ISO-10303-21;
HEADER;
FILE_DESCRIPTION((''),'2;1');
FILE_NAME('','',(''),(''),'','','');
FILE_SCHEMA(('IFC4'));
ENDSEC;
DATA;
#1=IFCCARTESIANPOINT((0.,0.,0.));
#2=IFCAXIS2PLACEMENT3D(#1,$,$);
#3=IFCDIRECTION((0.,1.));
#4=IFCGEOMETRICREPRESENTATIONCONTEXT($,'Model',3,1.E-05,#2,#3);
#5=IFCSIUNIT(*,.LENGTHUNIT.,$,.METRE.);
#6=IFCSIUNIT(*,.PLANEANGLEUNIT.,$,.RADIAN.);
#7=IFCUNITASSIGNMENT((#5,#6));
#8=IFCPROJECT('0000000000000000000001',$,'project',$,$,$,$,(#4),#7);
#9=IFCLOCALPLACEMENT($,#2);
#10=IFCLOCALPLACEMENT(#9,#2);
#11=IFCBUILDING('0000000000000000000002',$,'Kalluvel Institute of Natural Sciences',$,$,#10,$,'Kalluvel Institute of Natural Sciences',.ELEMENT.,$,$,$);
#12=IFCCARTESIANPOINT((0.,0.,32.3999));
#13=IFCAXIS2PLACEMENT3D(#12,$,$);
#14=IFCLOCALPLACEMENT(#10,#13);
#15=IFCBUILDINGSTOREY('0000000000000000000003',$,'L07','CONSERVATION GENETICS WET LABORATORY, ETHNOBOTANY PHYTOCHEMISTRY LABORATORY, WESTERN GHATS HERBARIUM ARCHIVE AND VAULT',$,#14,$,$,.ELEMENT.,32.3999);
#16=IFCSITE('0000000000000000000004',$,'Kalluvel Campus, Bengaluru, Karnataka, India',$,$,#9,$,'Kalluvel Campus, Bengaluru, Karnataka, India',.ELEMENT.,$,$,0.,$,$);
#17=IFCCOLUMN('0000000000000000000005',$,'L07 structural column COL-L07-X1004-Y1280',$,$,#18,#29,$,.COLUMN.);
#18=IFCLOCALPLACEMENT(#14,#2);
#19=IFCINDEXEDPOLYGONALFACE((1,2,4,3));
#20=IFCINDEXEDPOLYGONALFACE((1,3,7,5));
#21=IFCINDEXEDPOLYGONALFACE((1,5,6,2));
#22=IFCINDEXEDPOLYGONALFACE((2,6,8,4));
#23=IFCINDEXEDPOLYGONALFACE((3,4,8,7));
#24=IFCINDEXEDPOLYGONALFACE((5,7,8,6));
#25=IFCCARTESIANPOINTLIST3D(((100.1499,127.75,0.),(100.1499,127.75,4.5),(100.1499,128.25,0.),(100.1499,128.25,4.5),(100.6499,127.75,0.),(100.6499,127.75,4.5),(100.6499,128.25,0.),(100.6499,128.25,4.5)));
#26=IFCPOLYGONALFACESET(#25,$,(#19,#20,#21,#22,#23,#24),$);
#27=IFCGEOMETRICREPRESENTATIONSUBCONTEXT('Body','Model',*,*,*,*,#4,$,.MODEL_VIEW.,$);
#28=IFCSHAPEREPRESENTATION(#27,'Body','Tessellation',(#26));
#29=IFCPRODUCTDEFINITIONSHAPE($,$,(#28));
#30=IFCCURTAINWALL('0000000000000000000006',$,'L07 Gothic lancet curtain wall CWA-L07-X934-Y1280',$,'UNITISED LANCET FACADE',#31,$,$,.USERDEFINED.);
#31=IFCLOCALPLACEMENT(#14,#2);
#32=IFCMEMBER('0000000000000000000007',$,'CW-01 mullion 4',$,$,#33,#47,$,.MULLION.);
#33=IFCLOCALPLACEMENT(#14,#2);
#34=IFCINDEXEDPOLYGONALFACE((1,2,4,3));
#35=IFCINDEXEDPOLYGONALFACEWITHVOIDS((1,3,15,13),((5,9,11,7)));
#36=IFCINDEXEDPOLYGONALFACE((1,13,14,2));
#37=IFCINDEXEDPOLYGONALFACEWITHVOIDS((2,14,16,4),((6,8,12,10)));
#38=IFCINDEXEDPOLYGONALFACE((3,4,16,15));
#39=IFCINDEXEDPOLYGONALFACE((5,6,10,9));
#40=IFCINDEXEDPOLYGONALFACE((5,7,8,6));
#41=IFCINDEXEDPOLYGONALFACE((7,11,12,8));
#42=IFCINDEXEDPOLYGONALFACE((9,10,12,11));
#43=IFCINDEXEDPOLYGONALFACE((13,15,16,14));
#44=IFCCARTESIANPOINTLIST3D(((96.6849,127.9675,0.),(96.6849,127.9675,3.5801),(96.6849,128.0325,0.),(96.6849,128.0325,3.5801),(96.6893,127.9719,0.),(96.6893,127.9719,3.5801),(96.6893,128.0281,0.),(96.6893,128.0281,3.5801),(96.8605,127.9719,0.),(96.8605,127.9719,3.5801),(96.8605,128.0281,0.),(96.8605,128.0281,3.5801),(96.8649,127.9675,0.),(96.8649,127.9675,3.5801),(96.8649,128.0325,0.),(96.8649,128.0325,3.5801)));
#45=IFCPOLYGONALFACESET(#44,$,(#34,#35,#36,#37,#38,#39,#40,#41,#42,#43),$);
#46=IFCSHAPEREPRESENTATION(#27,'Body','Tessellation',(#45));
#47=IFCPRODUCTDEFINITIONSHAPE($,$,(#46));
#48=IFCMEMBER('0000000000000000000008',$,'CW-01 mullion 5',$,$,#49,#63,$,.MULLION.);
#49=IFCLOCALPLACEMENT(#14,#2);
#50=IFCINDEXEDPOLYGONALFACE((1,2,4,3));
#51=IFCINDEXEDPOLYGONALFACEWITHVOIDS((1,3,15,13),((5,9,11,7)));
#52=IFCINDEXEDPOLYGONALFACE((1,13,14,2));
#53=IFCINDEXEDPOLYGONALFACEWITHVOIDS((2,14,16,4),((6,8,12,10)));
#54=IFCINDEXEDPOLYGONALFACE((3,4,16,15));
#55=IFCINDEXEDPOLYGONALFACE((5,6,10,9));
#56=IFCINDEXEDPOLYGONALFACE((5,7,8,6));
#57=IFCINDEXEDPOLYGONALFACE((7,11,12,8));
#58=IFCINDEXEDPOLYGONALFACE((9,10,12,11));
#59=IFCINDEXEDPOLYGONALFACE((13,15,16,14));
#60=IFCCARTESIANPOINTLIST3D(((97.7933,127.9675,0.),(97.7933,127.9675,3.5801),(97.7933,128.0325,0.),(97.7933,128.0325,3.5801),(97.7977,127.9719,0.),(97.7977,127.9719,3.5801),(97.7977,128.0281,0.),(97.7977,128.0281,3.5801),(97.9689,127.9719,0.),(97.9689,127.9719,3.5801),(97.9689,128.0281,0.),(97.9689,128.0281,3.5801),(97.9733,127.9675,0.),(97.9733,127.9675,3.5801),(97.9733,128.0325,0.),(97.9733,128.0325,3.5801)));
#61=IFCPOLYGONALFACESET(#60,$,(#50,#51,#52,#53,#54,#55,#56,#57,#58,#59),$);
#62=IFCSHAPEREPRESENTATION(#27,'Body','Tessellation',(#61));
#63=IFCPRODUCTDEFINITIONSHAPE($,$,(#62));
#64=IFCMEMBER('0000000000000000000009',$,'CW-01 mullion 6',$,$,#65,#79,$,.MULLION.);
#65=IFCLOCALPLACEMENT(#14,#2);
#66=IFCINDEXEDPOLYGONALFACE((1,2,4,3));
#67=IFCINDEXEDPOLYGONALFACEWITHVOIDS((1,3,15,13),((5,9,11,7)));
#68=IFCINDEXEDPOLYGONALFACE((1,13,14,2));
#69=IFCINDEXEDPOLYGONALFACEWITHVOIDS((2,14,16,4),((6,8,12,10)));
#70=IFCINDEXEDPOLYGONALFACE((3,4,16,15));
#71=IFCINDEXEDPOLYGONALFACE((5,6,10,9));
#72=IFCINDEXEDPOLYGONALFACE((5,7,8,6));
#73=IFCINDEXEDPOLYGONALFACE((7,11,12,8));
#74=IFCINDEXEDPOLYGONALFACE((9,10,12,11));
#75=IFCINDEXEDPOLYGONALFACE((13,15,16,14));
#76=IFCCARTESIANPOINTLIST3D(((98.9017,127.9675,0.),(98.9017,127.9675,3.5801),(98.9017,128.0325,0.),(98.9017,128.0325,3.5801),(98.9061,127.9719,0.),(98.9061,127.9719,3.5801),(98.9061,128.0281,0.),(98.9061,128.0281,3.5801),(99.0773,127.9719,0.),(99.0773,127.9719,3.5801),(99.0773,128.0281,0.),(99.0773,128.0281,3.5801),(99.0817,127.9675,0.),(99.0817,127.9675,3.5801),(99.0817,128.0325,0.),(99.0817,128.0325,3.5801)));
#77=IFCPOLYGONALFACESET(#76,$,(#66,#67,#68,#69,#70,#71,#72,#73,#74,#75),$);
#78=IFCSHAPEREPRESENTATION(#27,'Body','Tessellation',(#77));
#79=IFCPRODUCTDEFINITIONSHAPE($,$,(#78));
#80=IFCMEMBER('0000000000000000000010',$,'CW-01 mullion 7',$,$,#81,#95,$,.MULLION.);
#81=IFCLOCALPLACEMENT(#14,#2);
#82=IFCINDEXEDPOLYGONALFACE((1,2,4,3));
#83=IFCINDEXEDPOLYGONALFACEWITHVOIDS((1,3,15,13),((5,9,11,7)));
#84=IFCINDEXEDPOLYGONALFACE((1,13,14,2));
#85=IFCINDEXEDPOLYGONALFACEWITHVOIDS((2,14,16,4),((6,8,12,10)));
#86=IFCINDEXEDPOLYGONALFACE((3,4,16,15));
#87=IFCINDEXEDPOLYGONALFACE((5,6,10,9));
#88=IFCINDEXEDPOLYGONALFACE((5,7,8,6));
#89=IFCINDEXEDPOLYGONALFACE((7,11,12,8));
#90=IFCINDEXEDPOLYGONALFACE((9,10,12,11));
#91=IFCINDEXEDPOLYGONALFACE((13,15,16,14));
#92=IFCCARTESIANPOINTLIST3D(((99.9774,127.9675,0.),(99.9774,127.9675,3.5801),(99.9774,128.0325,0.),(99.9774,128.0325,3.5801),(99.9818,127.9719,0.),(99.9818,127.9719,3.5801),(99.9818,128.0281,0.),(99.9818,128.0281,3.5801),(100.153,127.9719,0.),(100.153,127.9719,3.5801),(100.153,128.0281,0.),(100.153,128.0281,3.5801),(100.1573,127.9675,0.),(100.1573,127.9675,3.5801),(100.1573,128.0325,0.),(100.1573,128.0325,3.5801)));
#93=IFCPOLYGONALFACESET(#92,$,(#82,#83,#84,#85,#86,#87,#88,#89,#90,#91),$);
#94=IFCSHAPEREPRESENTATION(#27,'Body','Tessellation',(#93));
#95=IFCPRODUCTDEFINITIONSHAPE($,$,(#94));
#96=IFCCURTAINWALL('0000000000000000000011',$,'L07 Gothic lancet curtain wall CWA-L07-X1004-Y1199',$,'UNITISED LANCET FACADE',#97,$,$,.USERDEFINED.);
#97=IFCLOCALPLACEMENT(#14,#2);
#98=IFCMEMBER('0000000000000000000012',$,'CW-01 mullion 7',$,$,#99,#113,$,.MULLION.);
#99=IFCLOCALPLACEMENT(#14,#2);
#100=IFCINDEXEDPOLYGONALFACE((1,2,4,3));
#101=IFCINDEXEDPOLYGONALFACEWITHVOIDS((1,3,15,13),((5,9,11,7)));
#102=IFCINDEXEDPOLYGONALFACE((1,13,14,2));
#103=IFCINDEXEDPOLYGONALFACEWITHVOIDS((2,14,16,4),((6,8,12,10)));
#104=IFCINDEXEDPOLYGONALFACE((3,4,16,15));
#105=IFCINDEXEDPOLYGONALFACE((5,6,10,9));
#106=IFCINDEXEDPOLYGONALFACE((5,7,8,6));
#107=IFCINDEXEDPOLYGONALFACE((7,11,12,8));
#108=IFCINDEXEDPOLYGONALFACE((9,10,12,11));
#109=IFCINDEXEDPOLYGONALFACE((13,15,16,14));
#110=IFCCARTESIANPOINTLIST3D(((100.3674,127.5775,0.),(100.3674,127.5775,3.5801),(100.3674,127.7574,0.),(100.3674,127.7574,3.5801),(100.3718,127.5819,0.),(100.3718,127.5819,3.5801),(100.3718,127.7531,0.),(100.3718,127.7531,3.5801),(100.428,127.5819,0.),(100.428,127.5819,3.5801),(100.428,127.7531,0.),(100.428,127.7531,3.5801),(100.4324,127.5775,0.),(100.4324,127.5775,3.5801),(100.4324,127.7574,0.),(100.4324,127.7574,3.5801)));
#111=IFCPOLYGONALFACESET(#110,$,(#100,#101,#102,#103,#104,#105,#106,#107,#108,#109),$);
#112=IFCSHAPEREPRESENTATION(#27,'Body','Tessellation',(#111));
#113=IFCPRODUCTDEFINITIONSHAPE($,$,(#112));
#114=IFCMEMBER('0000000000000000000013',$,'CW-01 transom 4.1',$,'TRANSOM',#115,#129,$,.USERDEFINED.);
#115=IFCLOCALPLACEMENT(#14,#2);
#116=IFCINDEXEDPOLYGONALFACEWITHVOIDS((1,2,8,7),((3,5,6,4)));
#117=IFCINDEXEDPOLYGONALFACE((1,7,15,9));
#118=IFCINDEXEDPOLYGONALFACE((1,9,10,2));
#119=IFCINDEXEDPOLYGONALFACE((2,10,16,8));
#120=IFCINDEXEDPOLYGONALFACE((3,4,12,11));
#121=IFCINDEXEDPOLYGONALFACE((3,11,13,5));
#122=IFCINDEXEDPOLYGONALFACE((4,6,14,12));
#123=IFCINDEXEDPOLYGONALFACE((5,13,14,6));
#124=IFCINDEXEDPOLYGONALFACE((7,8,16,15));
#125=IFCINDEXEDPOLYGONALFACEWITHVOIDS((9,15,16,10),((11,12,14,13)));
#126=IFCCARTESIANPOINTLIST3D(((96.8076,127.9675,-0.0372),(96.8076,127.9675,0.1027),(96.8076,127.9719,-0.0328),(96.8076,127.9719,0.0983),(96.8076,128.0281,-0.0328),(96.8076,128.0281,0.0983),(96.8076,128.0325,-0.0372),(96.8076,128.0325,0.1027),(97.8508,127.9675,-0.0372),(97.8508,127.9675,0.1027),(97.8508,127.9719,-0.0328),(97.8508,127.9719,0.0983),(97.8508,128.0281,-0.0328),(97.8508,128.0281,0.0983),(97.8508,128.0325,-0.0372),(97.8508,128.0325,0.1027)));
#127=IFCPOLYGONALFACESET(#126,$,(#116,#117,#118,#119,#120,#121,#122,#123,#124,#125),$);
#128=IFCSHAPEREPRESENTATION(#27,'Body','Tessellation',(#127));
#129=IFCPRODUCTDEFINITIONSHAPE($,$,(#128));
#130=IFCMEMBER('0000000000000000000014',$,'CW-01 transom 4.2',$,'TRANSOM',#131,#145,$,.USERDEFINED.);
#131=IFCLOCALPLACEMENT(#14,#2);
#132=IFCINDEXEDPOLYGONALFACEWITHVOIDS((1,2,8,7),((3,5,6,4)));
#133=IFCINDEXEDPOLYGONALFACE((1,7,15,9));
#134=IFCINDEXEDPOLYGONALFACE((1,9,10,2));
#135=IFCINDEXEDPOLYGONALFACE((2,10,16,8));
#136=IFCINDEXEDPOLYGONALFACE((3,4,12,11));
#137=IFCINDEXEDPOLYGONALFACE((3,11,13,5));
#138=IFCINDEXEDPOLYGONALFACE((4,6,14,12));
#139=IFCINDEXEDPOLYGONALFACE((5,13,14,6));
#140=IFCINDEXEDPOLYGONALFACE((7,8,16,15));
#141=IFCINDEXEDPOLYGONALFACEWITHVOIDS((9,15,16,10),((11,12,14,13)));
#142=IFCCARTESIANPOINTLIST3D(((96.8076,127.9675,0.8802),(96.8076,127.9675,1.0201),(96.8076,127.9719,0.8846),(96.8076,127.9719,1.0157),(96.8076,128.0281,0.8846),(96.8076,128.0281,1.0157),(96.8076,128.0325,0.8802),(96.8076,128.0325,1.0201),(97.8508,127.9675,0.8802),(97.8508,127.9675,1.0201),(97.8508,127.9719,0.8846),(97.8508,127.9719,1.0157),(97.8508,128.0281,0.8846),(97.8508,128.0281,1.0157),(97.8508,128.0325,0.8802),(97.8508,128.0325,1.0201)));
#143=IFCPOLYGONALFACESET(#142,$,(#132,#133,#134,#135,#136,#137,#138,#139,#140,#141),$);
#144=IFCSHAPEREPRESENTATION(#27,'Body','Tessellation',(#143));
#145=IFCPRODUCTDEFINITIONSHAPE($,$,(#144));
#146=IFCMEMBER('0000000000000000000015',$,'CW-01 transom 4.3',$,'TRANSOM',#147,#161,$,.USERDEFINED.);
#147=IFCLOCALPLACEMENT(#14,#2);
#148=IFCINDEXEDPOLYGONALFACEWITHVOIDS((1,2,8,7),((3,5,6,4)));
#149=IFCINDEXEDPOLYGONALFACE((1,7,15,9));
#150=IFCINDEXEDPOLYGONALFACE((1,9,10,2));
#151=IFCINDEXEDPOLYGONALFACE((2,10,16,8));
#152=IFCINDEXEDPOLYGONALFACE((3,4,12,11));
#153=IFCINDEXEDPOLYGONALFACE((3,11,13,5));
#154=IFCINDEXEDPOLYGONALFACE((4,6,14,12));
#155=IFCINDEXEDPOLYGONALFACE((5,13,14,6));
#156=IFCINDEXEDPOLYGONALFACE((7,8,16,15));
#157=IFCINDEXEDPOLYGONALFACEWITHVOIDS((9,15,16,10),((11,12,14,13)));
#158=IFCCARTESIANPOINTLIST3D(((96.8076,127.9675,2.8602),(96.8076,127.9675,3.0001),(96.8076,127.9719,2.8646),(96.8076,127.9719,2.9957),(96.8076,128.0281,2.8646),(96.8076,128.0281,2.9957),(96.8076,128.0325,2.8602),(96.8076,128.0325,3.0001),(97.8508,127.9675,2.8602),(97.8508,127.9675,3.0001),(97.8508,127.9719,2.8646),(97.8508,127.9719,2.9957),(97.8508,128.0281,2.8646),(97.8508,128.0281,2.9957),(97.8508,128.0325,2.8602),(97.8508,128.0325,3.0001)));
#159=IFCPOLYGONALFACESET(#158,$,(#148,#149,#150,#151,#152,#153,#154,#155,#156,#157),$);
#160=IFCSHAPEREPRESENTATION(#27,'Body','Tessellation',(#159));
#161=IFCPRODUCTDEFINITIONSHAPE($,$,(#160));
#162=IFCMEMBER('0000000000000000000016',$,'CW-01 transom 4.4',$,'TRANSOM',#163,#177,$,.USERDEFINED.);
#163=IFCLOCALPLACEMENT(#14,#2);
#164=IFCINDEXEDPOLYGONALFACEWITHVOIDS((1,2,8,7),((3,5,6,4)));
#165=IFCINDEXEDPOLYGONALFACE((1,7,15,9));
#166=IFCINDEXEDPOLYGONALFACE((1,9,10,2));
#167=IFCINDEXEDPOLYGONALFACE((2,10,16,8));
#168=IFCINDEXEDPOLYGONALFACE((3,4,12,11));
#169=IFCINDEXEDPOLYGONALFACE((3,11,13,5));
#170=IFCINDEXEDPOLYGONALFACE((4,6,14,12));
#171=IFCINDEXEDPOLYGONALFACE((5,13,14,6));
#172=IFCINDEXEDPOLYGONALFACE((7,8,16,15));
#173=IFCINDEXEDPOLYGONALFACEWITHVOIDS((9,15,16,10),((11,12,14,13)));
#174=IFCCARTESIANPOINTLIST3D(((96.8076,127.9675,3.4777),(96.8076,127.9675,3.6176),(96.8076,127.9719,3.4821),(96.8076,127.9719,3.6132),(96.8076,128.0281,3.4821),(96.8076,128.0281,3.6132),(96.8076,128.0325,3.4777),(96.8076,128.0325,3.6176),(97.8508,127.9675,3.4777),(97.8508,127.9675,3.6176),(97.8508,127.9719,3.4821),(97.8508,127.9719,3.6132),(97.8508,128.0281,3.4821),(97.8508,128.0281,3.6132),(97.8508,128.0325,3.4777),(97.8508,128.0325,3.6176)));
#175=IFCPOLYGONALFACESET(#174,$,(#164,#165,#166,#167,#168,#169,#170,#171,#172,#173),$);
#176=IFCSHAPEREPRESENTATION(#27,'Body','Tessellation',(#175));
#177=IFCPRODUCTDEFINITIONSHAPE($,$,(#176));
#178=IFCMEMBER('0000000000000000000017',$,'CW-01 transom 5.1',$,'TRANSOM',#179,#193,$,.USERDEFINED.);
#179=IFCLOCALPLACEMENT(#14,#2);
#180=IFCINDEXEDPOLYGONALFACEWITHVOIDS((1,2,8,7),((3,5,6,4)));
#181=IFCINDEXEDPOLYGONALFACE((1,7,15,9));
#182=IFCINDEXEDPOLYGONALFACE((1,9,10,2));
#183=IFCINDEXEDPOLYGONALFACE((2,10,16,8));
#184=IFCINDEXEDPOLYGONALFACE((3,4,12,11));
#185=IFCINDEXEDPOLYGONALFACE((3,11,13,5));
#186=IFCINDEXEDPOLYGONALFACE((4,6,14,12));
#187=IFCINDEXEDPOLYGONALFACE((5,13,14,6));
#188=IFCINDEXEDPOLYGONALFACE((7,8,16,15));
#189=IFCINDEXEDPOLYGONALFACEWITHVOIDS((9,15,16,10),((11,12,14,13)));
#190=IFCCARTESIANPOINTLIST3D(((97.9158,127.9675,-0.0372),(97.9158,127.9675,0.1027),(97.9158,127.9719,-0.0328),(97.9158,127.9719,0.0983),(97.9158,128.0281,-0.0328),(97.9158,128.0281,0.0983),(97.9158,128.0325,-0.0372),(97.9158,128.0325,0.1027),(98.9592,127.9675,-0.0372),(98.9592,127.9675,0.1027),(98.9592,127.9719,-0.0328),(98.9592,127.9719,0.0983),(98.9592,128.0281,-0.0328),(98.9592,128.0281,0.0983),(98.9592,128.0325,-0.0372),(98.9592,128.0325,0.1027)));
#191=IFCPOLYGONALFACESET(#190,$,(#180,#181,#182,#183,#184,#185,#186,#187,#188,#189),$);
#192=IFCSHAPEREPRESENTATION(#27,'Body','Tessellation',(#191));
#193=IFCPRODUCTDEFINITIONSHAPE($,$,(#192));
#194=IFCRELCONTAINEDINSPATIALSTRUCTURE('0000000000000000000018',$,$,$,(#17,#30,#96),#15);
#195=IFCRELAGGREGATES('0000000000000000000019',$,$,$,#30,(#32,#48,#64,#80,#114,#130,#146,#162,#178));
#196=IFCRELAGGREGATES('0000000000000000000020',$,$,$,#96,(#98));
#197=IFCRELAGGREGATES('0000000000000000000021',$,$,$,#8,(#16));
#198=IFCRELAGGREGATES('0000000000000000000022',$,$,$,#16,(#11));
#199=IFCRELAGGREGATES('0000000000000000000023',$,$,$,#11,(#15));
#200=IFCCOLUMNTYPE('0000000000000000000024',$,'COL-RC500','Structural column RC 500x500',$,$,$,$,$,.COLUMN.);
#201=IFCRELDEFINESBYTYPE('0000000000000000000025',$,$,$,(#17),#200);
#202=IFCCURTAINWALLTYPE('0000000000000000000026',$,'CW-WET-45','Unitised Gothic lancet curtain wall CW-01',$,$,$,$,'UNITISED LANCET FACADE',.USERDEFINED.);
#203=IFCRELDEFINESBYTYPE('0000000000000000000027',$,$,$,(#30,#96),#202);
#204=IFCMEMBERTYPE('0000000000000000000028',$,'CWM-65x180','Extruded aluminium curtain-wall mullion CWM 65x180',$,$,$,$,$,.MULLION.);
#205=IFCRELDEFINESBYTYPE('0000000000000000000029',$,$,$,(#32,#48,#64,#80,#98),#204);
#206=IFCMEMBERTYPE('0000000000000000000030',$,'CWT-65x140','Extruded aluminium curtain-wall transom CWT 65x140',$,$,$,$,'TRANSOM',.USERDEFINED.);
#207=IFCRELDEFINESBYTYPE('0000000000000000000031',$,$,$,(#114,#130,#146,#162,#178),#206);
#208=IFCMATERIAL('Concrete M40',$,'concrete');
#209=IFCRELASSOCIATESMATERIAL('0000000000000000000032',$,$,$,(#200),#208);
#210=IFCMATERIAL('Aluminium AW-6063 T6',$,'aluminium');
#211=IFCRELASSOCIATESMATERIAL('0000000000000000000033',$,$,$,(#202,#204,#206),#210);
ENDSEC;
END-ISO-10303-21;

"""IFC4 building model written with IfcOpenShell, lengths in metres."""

from ifc_helpers import new_model, si_unit, direction, frame, origin, origin_2d, place, context, subcontext, project, spatial, rectangle, hollow_rectangle, extrude, material, material_profile, profile_set, type_object, element, aggregate, save


model = new_model("IFC4")

# Units and contexts
model_context = context("Model", 3, precision=1e-05, world=origin(), true_north=direction((0.0, 1.0)))
body_context = subcontext(model_context, "Body", "Model", "MODEL_VIEW")
ifc_project = project(units=[si_unit("LENGTHUNIT", "METRE"), si_unit("PLANEANGLEUNIT", "RADIAN")], contexts=[model_context])

# Site, building, storey
site_placement = place(None, origin())
site = spatial("IfcSite", under=ifc_project, at=site_placement, Name="Kalluvel Campus, Bengaluru, Karnataka, India", LongName="Kalluvel Campus, Bengaluru, Karnataka, India", CompositionType="ELEMENT", RefElevation=0.0)
building_placement = place(site_placement, origin())
building = spatial("IfcBuilding", under=site, at=building_placement, Name="Kalluvel Institute of Natural Sciences", LongName="Kalluvel Institute of Natural Sciences", CompositionType="ELEMENT")
storey_placement = place(building_placement, frame((0.0, 0.0, 32.3999)))
storey = spatial("IfcBuildingStorey", under=building, at=storey_placement, Name="L07", Description="CONSERVATION GENETICS WET LABORATORY, ETHNOBOTANY PHYTOCHEMISTRY LABORATORY, WESTERN GHATS HERBARIUM ARCHIVE AND VAULT", CompositionType="ELEMENT", Elevation=32.3999)

# Column
ifc_material_1 = material(Name="Concrete M40", Category="concrete")
ifc_material_profile_1 = material_profile(ifc_material_1, rectangle(XDim=0.5, YDim=0.5, at=origin_2d()), Name="RC 500x500")
ifc_profile_set_1 = profile_set([ifc_material_profile_1], Name="Concrete M40")
column_type = type_object("IfcColumnType", Name="COL-RC500", Description="Structural column RC 500x500", PredefinedType="COLUMN", material=ifc_profile_set_1)
column_placement = place(storey_placement, frame((100.3999, 128.0, 0.0), z_axis=(0.0, 0.0, 1.0), x_axis=(1.0, 0.0, 0.0)))
element("IfcColumn", 1, at=column_placement, inside=storey, type_object=column_type, Name="L07 structural column COL-L07-X1004-Y1280", PredefinedType="COLUMN", context=body_context, shape_type="SweptSolid", body=[
    extrude(rectangle(XDim=0.5, YDim=0.5, at=origin_2d()), origin(), (0.0, 0.0, 1.0), 4.5),
])

# Curtain wall, members
ifc_material_2 = material(Name="Aluminium AW-6063 T6", Category="aluminium")
curtain_wall_type = type_object("IfcCurtainWallType", Name="CW-WET-45", Description="Unitised Gothic lancet curtain wall CW-01", ElementType="UNITISED LANCET FACADE", PredefinedType="USERDEFINED", material=ifc_material_2)
curtain_wall_1_placement = place(storey_placement, origin())
curtain_wall_1 = element("IfcCurtainWall", 2, at=curtain_wall_1_placement, inside=storey, type_object=curtain_wall_type, Name="L07 Gothic lancet curtain wall CWA-L07-X934-Y1280", ObjectType="UNITISED LANCET FACADE", PredefinedType="USERDEFINED")
ifc_material_profile_2 = material_profile(ifc_material_2, hollow_rectangle(XDim=0.0649, YDim=0.1799, WallThickness=0.0044, at=origin_2d()), Name="CWM 65x180")
ifc_profile_set_2 = profile_set([ifc_material_profile_2], Name="Aluminium AW-6063 T6")
member_type_1 = type_object("IfcMemberType", Name="CWM-65x180", Description="Extruded aluminium curtain-wall mullion CWM 65x180", PredefinedType="MULLION", material=ifc_profile_set_2)
member_1_placement = place(storey_placement, frame((96.7749, 128.0, 0.0), z_axis=(0.0, 0.0, 1.0), x_axis=(0.0, 1.0, 0.0)))
member_1 = element("IfcMember", 3, at=member_1_placement, type_object=member_type_1, Name="CW-01 mullion 4", PredefinedType="MULLION", context=body_context, shape_type="SweptSolid", body=[
    extrude(hollow_rectangle(XDim=0.0649, YDim=0.1799, WallThickness=0.0044, at=origin_2d()), origin(), (0.0, 0.0, 1.0), 3.5801),
])
member_2_placement = place(storey_placement, frame((97.8833, 128.0, 0.0), z_axis=(0.0, 0.0, 1.0), x_axis=(0.0, 1.0, 0.0)))
member_2 = element("IfcMember", 4, at=member_2_placement, type_object=member_type_1, Name="CW-01 mullion 5", PredefinedType="MULLION", context=body_context, shape_type="SweptSolid", body=[
    extrude(hollow_rectangle(XDim=0.0649, YDim=0.1799, WallThickness=0.0044, at=origin_2d()), origin(), (0.0, 0.0, 1.0), 3.5801),
])
member_3_placement = place(storey_placement, frame((98.9917, 128.0, 0.0), z_axis=(0.0, 0.0, 1.0), x_axis=(0.0, 1.0, 0.0)))
member_3 = element("IfcMember", 5, at=member_3_placement, type_object=member_type_1, Name="CW-01 mullion 6", PredefinedType="MULLION", context=body_context, shape_type="SweptSolid", body=[
    extrude(hollow_rectangle(XDim=0.0649, YDim=0.1799, WallThickness=0.0044, at=origin_2d()), origin(), (0.0, 0.0, 1.0), 3.5801),
])
member_4_placement = place(storey_placement, frame((100.0674, 128.0, 0.0), z_axis=(0.0, 0.0, 1.0), x_axis=(0.0, 1.0, 0.0)))
member_4 = element("IfcMember", 6, at=member_4_placement, type_object=member_type_1, Name="CW-01 mullion 7", PredefinedType="MULLION", context=body_context, shape_type="SweptSolid", body=[
    extrude(hollow_rectangle(XDim=0.0649, YDim=0.1799, WallThickness=0.0044, at=origin_2d()), origin(), (0.0, 0.0, 1.0), 3.5801),
])

# Curtain wall, member
curtain_wall_2_placement = place(storey_placement, origin())
curtain_wall_2 = element("IfcCurtainWall", 7, at=curtain_wall_2_placement, inside=storey, type_object=curtain_wall_type, Name="L07 Gothic lancet curtain wall CWA-L07-X1004-Y1199", ObjectType="UNITISED LANCET FACADE", PredefinedType="USERDEFINED")
member_5_placement = place(storey_placement, frame((100.3999, 127.6675, 0.0), z_axis=(0.0, 0.0, 1.0), x_axis=(-1.0, 0.0, 0.0)))
member_5 = element("IfcMember", 8, at=member_5_placement, type_object=member_type_1, Name="CW-01 mullion 7", PredefinedType="MULLION", context=body_context, shape_type="SweptSolid", body=[
    extrude(hollow_rectangle(XDim=0.0649, YDim=0.1799, WallThickness=0.0044, at=origin_2d()), origin(), (0.0, 0.0, 1.0), 3.5801),
])

# Members
ifc_material_profile_3 = material_profile(ifc_material_2, hollow_rectangle(XDim=0.0649, YDim=0.1399, WallThickness=0.0044, at=origin_2d()), Name="CWT 65x140")
ifc_profile_set_3 = profile_set([ifc_material_profile_3], Name="Aluminium AW-6063 T6")
member_type_2 = type_object("IfcMemberType", Name="CWT-65x140", Description="Extruded aluminium curtain-wall transom CWT 65x140", ElementType="TRANSOM", PredefinedType="USERDEFINED", material=ifc_profile_set_3)
member_6_placement = place(storey_placement, frame((96.8076, 128.0, 0.0327), z_axis=(1.0, 0.0, 0.0), x_axis=(0.0, 1.0, 0.0)))
member_6 = element("IfcMember", 9, at=member_6_placement, type_object=member_type_2, Name="CW-01 transom 4.1", ObjectType="TRANSOM", PredefinedType="USERDEFINED", context=body_context, shape_type="SweptSolid", body=[
    extrude(hollow_rectangle(XDim=0.0649, YDim=0.1399, WallThickness=0.0044, at=origin_2d()), origin(), (0.0, 0.0, 1.0), 1.0432),
])
member_7_placement = place(storey_placement, frame((96.8076, 128.0, 0.9502), z_axis=(1.0, 0.0, 0.0), x_axis=(0.0, 1.0, 0.0)))
member_7 = element("IfcMember", 10, at=member_7_placement, type_object=member_type_2, Name="CW-01 transom 4.2", ObjectType="TRANSOM", PredefinedType="USERDEFINED", context=body_context, shape_type="SweptSolid", body=[
    extrude(hollow_rectangle(XDim=0.0649, YDim=0.1399, WallThickness=0.0044, at=origin_2d()), origin(), (0.0, 0.0, 1.0), 1.0432),
])
member_8_placement = place(storey_placement, frame((96.8076, 128.0, 2.9302), z_axis=(1.0, 0.0, 0.0), x_axis=(0.0, 1.0, 0.0)))
member_8 = element("IfcMember", 11, at=member_8_placement, type_object=member_type_2, Name="CW-01 transom 4.3", ObjectType="TRANSOM", PredefinedType="USERDEFINED", context=body_context, shape_type="SweptSolid", body=[
    extrude(hollow_rectangle(XDim=0.0649, YDim=0.1399, WallThickness=0.0044, at=origin_2d()), origin(), (0.0, 0.0, 1.0), 1.0432),
])
member_9_placement = place(storey_placement, frame((96.8076, 128.0, 3.5476), z_axis=(1.0, 0.0, 0.0), x_axis=(0.0, 1.0, 0.0)))
member_9 = element("IfcMember", 12, at=member_9_placement, type_object=member_type_2, Name="CW-01 transom 4.4", ObjectType="TRANSOM", PredefinedType="USERDEFINED", context=body_context, shape_type="SweptSolid", body=[
    extrude(hollow_rectangle(XDim=0.0649, YDim=0.1399, WallThickness=0.0044, at=origin_2d()), origin(), (0.0, 0.0, 1.0), 1.0432),
])
member_10_placement = place(storey_placement, frame((97.9158, 128.0, 0.0327), z_axis=(1.0, 0.0, 0.0), x_axis=(0.0, 1.0, 0.0)))
member_10 = element("IfcMember", 13, at=member_10_placement, type_object=member_type_2, Name="CW-01 transom 5.1", ObjectType="TRANSOM", PredefinedType="USERDEFINED", context=body_context, shape_type="SweptSolid", body=[
    extrude(hollow_rectangle(XDim=0.0649, YDim=0.1399, WallThickness=0.0044, at=origin_2d()), origin(), (0.0, 0.0, 1.0), 1.0435),
])

aggregate(curtain_wall_1, [member_1, member_2, member_3, member_4, member_6, member_7, member_8, member_9, member_10])
aggregate(curtain_wall_2, [member_5])

save(model, "model.ifc")
